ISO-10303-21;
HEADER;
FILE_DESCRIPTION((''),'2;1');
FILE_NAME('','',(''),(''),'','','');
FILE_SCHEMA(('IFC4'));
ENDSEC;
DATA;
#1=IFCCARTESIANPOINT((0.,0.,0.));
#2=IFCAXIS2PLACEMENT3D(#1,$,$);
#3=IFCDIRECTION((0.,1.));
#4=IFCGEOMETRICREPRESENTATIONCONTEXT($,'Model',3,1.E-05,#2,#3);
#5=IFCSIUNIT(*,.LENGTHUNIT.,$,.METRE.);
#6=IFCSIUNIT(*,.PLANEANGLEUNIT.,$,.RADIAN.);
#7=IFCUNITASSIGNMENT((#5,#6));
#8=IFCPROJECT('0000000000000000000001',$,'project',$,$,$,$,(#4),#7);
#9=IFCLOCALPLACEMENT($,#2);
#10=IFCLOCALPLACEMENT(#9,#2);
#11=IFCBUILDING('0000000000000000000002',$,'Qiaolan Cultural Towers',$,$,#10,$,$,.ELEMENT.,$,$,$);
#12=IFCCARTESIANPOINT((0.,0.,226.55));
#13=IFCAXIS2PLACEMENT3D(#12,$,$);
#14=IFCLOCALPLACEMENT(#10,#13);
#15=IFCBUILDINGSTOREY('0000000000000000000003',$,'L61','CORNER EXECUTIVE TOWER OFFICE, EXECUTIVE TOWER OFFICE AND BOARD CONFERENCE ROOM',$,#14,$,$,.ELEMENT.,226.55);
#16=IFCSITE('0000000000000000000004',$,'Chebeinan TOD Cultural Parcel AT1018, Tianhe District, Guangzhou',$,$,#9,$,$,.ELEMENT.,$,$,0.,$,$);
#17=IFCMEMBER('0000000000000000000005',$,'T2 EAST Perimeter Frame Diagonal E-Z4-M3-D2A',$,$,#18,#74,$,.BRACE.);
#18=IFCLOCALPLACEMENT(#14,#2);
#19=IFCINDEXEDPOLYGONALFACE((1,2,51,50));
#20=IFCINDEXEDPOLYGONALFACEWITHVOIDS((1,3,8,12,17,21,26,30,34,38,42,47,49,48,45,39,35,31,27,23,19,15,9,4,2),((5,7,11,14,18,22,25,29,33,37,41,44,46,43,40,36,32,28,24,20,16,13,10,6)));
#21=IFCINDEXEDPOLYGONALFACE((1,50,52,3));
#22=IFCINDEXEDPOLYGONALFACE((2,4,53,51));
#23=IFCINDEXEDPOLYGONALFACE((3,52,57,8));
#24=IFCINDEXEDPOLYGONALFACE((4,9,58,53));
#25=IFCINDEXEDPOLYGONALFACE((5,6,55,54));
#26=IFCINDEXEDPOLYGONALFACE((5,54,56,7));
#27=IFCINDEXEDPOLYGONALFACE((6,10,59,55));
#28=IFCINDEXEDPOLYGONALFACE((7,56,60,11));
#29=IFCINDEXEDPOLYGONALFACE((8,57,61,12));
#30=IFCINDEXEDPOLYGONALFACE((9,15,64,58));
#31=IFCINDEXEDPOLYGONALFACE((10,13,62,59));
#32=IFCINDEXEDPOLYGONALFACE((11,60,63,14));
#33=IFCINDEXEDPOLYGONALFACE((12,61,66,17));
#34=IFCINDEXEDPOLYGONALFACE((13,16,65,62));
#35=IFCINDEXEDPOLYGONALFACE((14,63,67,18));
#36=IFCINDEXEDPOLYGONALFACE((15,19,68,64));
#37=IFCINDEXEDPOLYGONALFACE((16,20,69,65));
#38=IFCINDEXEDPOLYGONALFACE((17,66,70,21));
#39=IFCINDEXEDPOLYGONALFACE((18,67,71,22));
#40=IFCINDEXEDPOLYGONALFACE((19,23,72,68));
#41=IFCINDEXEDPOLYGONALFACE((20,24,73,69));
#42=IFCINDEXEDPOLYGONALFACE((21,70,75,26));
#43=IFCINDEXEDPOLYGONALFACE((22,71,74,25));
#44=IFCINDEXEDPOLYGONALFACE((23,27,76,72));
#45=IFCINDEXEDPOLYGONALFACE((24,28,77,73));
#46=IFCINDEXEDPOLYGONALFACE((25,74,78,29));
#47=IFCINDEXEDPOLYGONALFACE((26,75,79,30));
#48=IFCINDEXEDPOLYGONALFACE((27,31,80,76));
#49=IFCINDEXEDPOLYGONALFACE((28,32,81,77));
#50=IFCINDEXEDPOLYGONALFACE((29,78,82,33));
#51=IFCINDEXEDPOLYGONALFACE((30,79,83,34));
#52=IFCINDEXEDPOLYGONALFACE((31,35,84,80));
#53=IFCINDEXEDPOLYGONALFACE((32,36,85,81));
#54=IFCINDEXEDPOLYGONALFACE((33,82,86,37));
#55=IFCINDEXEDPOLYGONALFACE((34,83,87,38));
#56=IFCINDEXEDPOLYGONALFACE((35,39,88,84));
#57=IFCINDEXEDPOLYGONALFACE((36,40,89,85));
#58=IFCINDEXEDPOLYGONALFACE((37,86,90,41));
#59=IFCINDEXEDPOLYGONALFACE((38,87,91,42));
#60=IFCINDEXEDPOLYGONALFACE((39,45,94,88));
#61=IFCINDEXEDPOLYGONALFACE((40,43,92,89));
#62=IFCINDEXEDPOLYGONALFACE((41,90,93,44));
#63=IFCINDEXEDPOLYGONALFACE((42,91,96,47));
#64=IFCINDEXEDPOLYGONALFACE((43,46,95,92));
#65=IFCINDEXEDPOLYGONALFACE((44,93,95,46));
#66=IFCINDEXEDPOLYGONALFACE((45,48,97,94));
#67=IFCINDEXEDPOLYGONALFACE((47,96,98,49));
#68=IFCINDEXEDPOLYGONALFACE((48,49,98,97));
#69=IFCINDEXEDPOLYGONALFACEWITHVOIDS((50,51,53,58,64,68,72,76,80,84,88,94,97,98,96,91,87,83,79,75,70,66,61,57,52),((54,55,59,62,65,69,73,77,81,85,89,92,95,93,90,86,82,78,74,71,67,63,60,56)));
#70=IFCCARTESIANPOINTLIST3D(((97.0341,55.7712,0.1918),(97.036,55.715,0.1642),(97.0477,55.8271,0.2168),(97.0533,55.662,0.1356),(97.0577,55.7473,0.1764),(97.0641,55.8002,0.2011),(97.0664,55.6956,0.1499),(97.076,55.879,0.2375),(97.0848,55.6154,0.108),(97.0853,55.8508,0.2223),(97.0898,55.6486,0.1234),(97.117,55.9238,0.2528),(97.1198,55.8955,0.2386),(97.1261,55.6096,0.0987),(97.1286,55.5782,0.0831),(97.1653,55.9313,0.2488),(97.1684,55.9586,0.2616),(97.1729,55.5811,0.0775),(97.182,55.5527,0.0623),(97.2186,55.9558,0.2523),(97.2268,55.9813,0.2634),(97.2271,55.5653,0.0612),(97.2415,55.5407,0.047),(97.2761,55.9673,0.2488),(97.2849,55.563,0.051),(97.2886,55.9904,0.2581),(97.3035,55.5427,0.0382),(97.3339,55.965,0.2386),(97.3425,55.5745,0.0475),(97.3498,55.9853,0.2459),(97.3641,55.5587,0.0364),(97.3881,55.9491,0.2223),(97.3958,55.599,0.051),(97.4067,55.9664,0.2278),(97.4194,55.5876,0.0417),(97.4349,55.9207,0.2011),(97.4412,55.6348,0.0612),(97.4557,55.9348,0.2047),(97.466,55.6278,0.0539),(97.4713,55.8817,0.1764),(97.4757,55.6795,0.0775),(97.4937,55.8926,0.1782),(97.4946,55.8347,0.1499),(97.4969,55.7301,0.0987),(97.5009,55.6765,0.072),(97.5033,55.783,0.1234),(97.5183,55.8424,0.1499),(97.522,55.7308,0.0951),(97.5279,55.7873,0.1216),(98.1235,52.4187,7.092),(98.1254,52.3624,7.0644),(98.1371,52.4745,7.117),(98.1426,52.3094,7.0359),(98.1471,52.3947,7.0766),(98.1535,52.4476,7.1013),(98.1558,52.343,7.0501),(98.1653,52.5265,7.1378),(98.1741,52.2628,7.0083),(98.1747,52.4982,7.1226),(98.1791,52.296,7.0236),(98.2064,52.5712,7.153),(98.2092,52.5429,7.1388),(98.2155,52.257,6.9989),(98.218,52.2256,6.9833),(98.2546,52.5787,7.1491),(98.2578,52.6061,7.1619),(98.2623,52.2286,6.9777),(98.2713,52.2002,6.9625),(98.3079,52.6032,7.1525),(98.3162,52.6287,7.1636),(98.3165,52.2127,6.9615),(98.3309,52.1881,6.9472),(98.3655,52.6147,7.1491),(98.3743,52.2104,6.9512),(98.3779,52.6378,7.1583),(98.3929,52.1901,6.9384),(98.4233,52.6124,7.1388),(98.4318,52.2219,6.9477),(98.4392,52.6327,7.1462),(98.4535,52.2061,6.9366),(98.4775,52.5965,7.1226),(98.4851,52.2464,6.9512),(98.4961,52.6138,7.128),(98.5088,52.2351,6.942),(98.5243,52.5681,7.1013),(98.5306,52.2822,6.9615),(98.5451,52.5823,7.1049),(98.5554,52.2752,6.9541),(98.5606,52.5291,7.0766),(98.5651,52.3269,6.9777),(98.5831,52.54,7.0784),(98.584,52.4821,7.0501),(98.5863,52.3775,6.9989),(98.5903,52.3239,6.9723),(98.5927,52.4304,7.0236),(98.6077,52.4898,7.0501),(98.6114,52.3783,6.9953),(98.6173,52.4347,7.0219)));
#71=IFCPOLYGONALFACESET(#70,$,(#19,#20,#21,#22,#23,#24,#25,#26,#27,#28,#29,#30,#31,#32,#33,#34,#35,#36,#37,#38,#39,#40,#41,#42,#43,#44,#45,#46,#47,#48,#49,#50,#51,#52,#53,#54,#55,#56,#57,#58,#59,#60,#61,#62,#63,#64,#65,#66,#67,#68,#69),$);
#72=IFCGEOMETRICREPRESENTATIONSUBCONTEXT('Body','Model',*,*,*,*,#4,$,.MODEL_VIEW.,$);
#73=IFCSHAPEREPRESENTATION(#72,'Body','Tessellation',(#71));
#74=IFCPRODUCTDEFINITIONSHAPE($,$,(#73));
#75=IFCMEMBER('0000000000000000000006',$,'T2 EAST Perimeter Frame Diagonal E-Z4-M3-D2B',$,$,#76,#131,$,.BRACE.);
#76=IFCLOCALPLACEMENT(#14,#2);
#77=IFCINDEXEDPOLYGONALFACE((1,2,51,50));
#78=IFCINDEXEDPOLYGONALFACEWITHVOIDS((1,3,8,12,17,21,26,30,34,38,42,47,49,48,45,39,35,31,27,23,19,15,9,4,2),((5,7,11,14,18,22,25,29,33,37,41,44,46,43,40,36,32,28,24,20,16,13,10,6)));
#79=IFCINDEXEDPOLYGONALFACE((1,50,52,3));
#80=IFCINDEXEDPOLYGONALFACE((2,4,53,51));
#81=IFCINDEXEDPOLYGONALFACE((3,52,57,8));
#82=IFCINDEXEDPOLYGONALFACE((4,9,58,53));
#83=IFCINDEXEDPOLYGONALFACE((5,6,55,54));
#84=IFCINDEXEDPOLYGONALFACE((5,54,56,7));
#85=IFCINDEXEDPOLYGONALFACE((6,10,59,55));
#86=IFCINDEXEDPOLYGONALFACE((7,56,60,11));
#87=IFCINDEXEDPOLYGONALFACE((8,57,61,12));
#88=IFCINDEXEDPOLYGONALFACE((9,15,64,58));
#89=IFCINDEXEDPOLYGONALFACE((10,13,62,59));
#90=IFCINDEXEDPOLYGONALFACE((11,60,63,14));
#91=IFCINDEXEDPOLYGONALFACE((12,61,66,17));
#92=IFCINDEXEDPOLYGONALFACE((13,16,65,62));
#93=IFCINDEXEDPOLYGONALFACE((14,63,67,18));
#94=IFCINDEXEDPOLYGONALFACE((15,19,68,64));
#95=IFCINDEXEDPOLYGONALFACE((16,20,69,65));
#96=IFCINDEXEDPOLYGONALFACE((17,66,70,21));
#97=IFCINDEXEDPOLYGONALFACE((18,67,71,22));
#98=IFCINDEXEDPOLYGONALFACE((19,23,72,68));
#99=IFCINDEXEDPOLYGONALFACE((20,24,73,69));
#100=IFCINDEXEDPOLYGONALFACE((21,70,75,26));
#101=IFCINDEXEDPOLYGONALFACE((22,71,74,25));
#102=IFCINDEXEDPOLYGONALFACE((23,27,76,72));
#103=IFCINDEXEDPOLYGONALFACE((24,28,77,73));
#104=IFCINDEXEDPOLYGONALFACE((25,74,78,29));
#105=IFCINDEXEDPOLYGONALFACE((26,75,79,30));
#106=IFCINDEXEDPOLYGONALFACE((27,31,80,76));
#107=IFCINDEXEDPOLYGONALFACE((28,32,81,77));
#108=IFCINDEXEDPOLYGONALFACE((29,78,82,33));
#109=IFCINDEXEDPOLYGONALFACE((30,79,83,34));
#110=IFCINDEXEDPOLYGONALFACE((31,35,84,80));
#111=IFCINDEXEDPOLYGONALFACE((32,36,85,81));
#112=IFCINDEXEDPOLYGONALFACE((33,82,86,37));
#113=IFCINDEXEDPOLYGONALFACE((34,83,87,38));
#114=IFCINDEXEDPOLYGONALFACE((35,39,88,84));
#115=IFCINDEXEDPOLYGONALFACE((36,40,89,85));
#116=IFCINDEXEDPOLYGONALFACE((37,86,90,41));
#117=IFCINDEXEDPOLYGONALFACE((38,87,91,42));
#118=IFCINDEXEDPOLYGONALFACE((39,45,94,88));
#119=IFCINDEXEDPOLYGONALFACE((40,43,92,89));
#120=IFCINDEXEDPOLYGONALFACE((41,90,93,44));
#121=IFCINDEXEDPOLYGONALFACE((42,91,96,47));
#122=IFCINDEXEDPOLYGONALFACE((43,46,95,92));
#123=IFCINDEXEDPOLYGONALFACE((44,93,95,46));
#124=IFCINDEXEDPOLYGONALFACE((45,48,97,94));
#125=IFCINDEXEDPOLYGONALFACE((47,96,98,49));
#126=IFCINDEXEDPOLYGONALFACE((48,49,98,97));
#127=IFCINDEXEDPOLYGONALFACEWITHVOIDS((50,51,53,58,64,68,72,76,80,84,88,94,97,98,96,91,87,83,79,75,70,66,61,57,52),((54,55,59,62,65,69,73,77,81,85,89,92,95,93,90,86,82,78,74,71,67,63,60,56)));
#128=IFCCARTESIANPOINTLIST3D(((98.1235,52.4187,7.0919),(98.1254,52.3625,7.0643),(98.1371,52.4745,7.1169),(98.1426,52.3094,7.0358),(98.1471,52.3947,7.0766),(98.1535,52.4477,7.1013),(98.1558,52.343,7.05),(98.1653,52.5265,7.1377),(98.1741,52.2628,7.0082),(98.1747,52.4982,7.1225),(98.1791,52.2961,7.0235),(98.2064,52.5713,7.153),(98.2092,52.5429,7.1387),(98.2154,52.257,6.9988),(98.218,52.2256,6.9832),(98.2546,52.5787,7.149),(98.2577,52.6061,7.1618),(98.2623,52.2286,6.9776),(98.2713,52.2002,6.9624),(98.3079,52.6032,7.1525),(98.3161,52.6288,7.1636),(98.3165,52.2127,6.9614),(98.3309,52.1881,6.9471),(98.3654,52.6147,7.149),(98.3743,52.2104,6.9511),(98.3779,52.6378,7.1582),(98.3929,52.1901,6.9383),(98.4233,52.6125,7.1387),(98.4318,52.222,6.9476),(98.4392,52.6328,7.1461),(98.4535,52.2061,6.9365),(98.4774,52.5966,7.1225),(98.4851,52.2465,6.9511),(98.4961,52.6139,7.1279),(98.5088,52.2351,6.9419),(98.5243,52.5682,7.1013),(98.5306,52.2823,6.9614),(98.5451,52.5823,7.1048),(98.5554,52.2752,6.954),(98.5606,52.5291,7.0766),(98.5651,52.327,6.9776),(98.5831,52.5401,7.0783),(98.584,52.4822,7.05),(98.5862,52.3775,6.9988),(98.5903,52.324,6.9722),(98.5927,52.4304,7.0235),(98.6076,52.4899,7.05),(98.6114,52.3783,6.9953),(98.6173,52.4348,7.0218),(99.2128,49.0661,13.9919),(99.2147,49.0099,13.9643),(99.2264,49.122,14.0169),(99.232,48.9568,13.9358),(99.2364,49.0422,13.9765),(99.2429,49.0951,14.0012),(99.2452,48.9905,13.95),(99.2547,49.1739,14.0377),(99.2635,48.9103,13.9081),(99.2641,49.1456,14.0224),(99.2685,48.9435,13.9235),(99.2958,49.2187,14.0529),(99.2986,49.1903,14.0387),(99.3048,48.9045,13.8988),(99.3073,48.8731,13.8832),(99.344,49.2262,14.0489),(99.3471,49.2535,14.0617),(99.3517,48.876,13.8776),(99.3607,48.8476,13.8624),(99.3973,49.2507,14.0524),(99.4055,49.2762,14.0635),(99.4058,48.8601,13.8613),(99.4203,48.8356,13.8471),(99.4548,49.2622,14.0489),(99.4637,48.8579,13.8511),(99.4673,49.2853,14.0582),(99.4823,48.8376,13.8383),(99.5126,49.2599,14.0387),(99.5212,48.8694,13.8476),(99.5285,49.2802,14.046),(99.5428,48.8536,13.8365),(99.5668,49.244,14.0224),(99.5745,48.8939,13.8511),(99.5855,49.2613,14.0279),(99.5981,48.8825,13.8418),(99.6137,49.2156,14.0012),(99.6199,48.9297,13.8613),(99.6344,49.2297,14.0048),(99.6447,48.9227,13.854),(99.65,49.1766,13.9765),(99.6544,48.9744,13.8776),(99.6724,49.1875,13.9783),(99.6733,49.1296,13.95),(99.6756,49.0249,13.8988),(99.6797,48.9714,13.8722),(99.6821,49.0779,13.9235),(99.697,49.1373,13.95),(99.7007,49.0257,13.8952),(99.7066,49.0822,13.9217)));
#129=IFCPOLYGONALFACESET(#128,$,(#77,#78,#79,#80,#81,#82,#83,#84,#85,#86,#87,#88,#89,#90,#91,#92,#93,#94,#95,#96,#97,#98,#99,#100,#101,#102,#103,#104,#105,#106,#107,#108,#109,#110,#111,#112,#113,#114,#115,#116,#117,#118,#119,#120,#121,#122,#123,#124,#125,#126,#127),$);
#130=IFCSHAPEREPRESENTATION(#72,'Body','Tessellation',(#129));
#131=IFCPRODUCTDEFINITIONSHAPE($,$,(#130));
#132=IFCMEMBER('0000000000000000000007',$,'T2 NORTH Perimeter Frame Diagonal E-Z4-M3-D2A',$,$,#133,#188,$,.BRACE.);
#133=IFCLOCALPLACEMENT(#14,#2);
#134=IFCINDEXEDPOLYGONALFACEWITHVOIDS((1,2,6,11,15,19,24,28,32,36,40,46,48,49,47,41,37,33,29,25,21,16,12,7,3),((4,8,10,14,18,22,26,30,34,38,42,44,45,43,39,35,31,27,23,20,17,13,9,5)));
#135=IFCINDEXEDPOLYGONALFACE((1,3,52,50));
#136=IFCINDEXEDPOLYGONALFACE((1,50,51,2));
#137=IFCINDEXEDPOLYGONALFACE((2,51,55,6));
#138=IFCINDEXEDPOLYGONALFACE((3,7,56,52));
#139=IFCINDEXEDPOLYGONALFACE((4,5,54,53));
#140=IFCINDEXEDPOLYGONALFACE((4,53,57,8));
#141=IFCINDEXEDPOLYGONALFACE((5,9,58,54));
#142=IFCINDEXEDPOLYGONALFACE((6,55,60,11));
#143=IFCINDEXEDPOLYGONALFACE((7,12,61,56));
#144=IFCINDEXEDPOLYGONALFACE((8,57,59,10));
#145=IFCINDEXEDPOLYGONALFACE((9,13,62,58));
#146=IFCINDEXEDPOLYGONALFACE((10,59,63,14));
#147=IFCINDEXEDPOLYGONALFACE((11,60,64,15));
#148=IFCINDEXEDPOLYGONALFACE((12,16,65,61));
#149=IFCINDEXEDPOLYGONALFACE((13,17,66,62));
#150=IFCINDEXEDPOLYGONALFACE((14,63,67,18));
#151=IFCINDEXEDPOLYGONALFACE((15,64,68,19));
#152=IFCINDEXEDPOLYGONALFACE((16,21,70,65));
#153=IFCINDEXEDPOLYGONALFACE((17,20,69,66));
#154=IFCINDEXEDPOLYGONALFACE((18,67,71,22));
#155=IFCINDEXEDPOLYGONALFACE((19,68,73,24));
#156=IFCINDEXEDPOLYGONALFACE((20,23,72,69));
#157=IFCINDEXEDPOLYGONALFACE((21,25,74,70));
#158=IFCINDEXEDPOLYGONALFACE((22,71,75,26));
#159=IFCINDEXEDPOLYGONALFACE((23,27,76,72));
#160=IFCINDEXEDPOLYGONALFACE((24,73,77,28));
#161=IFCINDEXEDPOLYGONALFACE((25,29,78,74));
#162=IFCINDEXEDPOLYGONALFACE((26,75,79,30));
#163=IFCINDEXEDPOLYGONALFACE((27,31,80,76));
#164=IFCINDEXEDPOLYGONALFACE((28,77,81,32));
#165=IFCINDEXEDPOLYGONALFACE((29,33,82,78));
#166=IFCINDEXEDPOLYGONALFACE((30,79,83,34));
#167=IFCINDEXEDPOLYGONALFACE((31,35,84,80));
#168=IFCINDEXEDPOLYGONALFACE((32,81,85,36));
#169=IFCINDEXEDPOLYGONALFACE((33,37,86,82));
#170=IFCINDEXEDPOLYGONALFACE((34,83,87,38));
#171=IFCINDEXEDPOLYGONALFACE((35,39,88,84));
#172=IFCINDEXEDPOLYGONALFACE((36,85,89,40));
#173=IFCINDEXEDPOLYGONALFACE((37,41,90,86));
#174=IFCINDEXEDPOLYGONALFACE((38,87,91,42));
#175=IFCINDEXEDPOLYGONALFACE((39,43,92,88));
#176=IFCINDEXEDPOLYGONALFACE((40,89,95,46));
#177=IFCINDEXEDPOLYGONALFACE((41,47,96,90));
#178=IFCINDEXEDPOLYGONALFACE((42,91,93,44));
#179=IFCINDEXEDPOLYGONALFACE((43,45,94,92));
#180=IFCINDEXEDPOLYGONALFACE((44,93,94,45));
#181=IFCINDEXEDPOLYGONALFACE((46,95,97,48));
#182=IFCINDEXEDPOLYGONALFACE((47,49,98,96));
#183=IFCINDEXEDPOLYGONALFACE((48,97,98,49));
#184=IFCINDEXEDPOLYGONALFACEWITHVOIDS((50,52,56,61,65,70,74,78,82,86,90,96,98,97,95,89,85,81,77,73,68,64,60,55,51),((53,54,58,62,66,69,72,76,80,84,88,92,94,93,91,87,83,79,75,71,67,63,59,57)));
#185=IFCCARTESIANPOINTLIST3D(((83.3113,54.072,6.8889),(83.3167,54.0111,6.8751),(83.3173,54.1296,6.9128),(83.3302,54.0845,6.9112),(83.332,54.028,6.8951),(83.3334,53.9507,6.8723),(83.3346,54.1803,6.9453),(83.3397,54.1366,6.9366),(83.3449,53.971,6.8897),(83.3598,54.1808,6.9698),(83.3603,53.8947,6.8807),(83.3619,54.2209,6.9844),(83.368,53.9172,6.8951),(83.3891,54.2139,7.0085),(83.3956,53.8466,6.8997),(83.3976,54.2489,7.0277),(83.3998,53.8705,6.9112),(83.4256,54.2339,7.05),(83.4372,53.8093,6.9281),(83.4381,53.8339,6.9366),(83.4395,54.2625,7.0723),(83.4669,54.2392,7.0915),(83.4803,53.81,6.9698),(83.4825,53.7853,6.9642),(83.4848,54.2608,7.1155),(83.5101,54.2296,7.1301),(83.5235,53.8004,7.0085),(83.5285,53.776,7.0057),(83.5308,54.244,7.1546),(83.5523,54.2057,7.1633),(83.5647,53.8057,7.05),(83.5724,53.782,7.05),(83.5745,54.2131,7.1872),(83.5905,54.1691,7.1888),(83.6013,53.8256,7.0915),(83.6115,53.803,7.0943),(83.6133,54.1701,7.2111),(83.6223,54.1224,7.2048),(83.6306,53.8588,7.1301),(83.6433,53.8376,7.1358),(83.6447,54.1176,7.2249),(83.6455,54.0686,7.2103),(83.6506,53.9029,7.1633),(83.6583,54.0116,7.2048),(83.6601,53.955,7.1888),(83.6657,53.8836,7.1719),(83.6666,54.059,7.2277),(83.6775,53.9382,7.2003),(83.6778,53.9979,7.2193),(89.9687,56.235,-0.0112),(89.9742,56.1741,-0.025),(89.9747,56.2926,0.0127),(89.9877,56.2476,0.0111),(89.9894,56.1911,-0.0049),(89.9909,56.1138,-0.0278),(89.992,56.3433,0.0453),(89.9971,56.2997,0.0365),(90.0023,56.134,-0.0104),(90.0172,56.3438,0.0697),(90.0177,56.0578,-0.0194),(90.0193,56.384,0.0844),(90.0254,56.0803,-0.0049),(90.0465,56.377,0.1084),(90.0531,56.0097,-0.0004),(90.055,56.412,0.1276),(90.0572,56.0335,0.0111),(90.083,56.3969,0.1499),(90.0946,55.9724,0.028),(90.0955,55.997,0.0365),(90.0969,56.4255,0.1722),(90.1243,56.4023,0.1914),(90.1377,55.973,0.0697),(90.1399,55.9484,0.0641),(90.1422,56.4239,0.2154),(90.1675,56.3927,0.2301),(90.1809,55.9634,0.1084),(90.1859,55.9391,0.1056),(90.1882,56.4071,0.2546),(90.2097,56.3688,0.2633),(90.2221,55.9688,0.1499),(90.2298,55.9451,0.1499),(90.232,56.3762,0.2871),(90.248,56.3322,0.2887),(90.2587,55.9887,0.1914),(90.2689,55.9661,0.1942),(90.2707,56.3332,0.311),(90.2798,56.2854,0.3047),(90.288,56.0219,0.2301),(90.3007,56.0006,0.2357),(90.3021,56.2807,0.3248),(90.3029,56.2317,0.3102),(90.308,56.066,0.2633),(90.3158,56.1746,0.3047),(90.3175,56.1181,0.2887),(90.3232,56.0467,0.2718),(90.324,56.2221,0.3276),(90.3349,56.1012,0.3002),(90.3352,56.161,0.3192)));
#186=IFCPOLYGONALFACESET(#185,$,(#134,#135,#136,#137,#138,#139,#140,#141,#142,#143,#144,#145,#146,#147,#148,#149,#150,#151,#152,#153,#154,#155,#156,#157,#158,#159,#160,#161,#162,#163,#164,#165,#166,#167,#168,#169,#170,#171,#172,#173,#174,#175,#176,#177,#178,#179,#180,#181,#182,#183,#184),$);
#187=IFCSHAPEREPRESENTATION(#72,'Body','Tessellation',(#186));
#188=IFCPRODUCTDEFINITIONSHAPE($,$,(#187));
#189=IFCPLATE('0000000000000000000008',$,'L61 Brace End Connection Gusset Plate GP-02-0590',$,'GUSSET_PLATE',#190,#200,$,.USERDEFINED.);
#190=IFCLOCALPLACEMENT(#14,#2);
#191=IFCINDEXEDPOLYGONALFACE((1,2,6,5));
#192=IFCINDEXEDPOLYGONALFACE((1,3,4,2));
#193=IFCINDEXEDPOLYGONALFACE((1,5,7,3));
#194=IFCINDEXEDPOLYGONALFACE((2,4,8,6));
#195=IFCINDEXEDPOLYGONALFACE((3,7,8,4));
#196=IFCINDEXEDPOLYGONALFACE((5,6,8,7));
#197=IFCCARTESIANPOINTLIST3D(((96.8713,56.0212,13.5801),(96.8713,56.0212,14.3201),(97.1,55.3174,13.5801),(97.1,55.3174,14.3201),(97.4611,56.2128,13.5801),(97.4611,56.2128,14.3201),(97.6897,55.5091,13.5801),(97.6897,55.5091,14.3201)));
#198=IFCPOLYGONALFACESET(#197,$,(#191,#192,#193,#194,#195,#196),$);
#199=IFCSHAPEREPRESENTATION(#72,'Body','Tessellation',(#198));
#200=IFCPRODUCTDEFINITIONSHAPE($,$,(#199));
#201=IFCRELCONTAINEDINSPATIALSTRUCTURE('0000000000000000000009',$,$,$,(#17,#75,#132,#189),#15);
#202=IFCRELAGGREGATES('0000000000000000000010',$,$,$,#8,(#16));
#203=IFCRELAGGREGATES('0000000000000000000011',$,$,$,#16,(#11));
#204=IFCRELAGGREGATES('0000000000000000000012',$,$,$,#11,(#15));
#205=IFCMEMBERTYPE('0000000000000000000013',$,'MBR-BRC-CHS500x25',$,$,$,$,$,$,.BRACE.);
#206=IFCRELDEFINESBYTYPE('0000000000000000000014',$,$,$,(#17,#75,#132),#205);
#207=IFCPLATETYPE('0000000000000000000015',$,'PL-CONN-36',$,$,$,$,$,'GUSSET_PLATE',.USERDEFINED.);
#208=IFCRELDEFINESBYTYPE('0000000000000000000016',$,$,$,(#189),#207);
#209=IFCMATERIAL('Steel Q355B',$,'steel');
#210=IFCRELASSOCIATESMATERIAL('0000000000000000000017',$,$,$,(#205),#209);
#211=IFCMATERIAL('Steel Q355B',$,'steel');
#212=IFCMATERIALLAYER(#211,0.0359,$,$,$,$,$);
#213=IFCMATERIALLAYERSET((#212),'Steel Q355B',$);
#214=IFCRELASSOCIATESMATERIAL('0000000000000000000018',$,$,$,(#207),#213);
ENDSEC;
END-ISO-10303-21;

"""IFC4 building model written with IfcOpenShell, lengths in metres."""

from ifc_helpers import new_model, si_unit, direction, frame, origin, origin_2d, place, context, subcontext, project, spatial, rectangle, hollow_circle, extrude, material, layer, layer_set, material_profile, profile_set, type_object, element, save


model = new_model("IFC4")

# Units and contexts
model_context = context("Model", 3, precision=1e-05, world=origin(), true_north=direction((0.0, 1.0)))
body_context = subcontext(model_context, "Body", "Model", "MODEL_VIEW")
ifc_project = project(units=[si_unit("LENGTHUNIT", "METRE"), si_unit("PLANEANGLEUNIT", "RADIAN")], contexts=[model_context])

# Site, building, storey
site_placement = place(None, origin())
site = spatial("IfcSite", under=ifc_project, at=site_placement, Name="Chebeinan TOD Cultural Parcel AT1018, Tianhe District, Guangzhou", CompositionType="ELEMENT", RefElevation=0.0)
building_placement = place(site_placement, origin())
building = spatial("IfcBuilding", under=site, at=building_placement, Name="Qiaolan Cultural Towers", CompositionType="ELEMENT")
storey_placement = place(building_placement, frame((0.0, 0.0, 226.55)))
storey = spatial("IfcBuildingStorey", under=building, at=storey_placement, Name="L61", Description="CORNER EXECUTIVE TOWER OFFICE, EXECUTIVE TOWER OFFICE AND BOARD CONFERENCE ROOM", CompositionType="ELEMENT", Elevation=226.55)

# Members
ifc_material_1 = material(Name="Steel Q355B", Category="steel")
ifc_material_profile_1 = material_profile(ifc_material_1, hollow_circle(Radius=0.25, WallThickness=0.0249, at=origin_2d()), Name="CHS500x25")
ifc_profile_set_1 = profile_set([ifc_material_profile_1], Name="Steel Q355B")
member_type = type_object("IfcMemberType", Name="MBR-BRC-CHS500x25", PredefinedType="BRACE", material=ifc_profile_set_1)
member_1_placement = place(storey_placement, frame((97.2805, 55.7651, 0.1499), z_axis=(0.14059, -0.432673, 0.890521), x_axis=(0.951052, 0.30903, 0.0)))
element("IfcMember", 1, at=member_1_placement, inside=storey, type_object=member_type, Name="T2 EAST Perimeter Frame Diagonal E-Z4-M3-D2A", PredefinedType="BRACE", context=body_context, shape_type="SweptSolid", body=[
    extrude(hollow_circle(Radius=0.25, WallThickness=0.0249, at=origin_2d()), origin(), (0.0, 0.0, 1.0), 7.7485),
])
member_2_placement = place(storey_placement, frame((98.3699, 52.4126, 7.05), z_axis=(0.140594, -0.432685, 0.890515), x_axis=(0.951052, 0.30903, 0.0)))
element("IfcMember", 2, at=member_2_placement, inside=storey, type_object=member_type, Name="T2 EAST Perimeter Frame Diagonal E-Z4-M3-D2B", PredefinedType="BRACE", context=body_context, shape_type="SweptSolid", body=[
    extrude(hollow_circle(Radius=0.25, WallThickness=0.0249, at=origin_2d()), origin(), (0.0, 0.0, 1.0), 7.7483),
])
member_3_placement = place(storey_placement, frame((90.1526, 56.1829, 0.1499), z_axis=(-0.677317, -0.220068, 0.702006), x_axis=(0.30901, -0.951059, 0.0)))
element("IfcMember", 3, at=member_3_placement, inside=storey, type_object=member_type, Name="T2 NORTH Perimeter Frame Diagonal E-Z4-M3-D2A", PredefinedType="BRACE", context=body_context, shape_type="SweptSolid", body=[
    extrude(hollow_circle(Radius=0.25, WallThickness=0.0249, at=origin_2d()), origin(), (0.0, 0.0, 1.0), 9.8291),
])

# Plate
ifc_material_2 = material(Name="Steel Q355B", Category="steel")
ifc_layer_1 = layer(ifc_material_2, 0.0359)
ifc_layer_set_1 = layer_set([ifc_layer_1], Name="Steel Q355B")
plate_type_1 = type_object("IfcPlateType", Name="PL-CONN-36", ElementType="GUSSET_PLATE", PredefinedType="USERDEFINED", material=ifc_layer_set_1)
for number, where, z_axis, x_axis, name in (
    (4, (97.2805, 55.7651, 13.5801), (0.0, 0.0, 1.0), (-0.309017, 0.951057, 0.0), "L61 Brace End Connection Gusset Plate GP-02-0590"),
):
    element("IfcPlate", number, at=place(storey_placement, frame(where, z_axis=z_axis, x_axis=x_axis)), inside=storey, type_object=plate_type_1, Name=name, ObjectType="GUSSET_PLATE", PredefinedType="USERDEFINED", context=body_context, shape_type="SweptSolid", body=[
        extrude(rectangle(XDim=0.74, YDim=0.6201, at=origin_2d()), origin(), (0.0, 0.0, 1.0), 0.74),
    ])

save(model, "model.ifc")
